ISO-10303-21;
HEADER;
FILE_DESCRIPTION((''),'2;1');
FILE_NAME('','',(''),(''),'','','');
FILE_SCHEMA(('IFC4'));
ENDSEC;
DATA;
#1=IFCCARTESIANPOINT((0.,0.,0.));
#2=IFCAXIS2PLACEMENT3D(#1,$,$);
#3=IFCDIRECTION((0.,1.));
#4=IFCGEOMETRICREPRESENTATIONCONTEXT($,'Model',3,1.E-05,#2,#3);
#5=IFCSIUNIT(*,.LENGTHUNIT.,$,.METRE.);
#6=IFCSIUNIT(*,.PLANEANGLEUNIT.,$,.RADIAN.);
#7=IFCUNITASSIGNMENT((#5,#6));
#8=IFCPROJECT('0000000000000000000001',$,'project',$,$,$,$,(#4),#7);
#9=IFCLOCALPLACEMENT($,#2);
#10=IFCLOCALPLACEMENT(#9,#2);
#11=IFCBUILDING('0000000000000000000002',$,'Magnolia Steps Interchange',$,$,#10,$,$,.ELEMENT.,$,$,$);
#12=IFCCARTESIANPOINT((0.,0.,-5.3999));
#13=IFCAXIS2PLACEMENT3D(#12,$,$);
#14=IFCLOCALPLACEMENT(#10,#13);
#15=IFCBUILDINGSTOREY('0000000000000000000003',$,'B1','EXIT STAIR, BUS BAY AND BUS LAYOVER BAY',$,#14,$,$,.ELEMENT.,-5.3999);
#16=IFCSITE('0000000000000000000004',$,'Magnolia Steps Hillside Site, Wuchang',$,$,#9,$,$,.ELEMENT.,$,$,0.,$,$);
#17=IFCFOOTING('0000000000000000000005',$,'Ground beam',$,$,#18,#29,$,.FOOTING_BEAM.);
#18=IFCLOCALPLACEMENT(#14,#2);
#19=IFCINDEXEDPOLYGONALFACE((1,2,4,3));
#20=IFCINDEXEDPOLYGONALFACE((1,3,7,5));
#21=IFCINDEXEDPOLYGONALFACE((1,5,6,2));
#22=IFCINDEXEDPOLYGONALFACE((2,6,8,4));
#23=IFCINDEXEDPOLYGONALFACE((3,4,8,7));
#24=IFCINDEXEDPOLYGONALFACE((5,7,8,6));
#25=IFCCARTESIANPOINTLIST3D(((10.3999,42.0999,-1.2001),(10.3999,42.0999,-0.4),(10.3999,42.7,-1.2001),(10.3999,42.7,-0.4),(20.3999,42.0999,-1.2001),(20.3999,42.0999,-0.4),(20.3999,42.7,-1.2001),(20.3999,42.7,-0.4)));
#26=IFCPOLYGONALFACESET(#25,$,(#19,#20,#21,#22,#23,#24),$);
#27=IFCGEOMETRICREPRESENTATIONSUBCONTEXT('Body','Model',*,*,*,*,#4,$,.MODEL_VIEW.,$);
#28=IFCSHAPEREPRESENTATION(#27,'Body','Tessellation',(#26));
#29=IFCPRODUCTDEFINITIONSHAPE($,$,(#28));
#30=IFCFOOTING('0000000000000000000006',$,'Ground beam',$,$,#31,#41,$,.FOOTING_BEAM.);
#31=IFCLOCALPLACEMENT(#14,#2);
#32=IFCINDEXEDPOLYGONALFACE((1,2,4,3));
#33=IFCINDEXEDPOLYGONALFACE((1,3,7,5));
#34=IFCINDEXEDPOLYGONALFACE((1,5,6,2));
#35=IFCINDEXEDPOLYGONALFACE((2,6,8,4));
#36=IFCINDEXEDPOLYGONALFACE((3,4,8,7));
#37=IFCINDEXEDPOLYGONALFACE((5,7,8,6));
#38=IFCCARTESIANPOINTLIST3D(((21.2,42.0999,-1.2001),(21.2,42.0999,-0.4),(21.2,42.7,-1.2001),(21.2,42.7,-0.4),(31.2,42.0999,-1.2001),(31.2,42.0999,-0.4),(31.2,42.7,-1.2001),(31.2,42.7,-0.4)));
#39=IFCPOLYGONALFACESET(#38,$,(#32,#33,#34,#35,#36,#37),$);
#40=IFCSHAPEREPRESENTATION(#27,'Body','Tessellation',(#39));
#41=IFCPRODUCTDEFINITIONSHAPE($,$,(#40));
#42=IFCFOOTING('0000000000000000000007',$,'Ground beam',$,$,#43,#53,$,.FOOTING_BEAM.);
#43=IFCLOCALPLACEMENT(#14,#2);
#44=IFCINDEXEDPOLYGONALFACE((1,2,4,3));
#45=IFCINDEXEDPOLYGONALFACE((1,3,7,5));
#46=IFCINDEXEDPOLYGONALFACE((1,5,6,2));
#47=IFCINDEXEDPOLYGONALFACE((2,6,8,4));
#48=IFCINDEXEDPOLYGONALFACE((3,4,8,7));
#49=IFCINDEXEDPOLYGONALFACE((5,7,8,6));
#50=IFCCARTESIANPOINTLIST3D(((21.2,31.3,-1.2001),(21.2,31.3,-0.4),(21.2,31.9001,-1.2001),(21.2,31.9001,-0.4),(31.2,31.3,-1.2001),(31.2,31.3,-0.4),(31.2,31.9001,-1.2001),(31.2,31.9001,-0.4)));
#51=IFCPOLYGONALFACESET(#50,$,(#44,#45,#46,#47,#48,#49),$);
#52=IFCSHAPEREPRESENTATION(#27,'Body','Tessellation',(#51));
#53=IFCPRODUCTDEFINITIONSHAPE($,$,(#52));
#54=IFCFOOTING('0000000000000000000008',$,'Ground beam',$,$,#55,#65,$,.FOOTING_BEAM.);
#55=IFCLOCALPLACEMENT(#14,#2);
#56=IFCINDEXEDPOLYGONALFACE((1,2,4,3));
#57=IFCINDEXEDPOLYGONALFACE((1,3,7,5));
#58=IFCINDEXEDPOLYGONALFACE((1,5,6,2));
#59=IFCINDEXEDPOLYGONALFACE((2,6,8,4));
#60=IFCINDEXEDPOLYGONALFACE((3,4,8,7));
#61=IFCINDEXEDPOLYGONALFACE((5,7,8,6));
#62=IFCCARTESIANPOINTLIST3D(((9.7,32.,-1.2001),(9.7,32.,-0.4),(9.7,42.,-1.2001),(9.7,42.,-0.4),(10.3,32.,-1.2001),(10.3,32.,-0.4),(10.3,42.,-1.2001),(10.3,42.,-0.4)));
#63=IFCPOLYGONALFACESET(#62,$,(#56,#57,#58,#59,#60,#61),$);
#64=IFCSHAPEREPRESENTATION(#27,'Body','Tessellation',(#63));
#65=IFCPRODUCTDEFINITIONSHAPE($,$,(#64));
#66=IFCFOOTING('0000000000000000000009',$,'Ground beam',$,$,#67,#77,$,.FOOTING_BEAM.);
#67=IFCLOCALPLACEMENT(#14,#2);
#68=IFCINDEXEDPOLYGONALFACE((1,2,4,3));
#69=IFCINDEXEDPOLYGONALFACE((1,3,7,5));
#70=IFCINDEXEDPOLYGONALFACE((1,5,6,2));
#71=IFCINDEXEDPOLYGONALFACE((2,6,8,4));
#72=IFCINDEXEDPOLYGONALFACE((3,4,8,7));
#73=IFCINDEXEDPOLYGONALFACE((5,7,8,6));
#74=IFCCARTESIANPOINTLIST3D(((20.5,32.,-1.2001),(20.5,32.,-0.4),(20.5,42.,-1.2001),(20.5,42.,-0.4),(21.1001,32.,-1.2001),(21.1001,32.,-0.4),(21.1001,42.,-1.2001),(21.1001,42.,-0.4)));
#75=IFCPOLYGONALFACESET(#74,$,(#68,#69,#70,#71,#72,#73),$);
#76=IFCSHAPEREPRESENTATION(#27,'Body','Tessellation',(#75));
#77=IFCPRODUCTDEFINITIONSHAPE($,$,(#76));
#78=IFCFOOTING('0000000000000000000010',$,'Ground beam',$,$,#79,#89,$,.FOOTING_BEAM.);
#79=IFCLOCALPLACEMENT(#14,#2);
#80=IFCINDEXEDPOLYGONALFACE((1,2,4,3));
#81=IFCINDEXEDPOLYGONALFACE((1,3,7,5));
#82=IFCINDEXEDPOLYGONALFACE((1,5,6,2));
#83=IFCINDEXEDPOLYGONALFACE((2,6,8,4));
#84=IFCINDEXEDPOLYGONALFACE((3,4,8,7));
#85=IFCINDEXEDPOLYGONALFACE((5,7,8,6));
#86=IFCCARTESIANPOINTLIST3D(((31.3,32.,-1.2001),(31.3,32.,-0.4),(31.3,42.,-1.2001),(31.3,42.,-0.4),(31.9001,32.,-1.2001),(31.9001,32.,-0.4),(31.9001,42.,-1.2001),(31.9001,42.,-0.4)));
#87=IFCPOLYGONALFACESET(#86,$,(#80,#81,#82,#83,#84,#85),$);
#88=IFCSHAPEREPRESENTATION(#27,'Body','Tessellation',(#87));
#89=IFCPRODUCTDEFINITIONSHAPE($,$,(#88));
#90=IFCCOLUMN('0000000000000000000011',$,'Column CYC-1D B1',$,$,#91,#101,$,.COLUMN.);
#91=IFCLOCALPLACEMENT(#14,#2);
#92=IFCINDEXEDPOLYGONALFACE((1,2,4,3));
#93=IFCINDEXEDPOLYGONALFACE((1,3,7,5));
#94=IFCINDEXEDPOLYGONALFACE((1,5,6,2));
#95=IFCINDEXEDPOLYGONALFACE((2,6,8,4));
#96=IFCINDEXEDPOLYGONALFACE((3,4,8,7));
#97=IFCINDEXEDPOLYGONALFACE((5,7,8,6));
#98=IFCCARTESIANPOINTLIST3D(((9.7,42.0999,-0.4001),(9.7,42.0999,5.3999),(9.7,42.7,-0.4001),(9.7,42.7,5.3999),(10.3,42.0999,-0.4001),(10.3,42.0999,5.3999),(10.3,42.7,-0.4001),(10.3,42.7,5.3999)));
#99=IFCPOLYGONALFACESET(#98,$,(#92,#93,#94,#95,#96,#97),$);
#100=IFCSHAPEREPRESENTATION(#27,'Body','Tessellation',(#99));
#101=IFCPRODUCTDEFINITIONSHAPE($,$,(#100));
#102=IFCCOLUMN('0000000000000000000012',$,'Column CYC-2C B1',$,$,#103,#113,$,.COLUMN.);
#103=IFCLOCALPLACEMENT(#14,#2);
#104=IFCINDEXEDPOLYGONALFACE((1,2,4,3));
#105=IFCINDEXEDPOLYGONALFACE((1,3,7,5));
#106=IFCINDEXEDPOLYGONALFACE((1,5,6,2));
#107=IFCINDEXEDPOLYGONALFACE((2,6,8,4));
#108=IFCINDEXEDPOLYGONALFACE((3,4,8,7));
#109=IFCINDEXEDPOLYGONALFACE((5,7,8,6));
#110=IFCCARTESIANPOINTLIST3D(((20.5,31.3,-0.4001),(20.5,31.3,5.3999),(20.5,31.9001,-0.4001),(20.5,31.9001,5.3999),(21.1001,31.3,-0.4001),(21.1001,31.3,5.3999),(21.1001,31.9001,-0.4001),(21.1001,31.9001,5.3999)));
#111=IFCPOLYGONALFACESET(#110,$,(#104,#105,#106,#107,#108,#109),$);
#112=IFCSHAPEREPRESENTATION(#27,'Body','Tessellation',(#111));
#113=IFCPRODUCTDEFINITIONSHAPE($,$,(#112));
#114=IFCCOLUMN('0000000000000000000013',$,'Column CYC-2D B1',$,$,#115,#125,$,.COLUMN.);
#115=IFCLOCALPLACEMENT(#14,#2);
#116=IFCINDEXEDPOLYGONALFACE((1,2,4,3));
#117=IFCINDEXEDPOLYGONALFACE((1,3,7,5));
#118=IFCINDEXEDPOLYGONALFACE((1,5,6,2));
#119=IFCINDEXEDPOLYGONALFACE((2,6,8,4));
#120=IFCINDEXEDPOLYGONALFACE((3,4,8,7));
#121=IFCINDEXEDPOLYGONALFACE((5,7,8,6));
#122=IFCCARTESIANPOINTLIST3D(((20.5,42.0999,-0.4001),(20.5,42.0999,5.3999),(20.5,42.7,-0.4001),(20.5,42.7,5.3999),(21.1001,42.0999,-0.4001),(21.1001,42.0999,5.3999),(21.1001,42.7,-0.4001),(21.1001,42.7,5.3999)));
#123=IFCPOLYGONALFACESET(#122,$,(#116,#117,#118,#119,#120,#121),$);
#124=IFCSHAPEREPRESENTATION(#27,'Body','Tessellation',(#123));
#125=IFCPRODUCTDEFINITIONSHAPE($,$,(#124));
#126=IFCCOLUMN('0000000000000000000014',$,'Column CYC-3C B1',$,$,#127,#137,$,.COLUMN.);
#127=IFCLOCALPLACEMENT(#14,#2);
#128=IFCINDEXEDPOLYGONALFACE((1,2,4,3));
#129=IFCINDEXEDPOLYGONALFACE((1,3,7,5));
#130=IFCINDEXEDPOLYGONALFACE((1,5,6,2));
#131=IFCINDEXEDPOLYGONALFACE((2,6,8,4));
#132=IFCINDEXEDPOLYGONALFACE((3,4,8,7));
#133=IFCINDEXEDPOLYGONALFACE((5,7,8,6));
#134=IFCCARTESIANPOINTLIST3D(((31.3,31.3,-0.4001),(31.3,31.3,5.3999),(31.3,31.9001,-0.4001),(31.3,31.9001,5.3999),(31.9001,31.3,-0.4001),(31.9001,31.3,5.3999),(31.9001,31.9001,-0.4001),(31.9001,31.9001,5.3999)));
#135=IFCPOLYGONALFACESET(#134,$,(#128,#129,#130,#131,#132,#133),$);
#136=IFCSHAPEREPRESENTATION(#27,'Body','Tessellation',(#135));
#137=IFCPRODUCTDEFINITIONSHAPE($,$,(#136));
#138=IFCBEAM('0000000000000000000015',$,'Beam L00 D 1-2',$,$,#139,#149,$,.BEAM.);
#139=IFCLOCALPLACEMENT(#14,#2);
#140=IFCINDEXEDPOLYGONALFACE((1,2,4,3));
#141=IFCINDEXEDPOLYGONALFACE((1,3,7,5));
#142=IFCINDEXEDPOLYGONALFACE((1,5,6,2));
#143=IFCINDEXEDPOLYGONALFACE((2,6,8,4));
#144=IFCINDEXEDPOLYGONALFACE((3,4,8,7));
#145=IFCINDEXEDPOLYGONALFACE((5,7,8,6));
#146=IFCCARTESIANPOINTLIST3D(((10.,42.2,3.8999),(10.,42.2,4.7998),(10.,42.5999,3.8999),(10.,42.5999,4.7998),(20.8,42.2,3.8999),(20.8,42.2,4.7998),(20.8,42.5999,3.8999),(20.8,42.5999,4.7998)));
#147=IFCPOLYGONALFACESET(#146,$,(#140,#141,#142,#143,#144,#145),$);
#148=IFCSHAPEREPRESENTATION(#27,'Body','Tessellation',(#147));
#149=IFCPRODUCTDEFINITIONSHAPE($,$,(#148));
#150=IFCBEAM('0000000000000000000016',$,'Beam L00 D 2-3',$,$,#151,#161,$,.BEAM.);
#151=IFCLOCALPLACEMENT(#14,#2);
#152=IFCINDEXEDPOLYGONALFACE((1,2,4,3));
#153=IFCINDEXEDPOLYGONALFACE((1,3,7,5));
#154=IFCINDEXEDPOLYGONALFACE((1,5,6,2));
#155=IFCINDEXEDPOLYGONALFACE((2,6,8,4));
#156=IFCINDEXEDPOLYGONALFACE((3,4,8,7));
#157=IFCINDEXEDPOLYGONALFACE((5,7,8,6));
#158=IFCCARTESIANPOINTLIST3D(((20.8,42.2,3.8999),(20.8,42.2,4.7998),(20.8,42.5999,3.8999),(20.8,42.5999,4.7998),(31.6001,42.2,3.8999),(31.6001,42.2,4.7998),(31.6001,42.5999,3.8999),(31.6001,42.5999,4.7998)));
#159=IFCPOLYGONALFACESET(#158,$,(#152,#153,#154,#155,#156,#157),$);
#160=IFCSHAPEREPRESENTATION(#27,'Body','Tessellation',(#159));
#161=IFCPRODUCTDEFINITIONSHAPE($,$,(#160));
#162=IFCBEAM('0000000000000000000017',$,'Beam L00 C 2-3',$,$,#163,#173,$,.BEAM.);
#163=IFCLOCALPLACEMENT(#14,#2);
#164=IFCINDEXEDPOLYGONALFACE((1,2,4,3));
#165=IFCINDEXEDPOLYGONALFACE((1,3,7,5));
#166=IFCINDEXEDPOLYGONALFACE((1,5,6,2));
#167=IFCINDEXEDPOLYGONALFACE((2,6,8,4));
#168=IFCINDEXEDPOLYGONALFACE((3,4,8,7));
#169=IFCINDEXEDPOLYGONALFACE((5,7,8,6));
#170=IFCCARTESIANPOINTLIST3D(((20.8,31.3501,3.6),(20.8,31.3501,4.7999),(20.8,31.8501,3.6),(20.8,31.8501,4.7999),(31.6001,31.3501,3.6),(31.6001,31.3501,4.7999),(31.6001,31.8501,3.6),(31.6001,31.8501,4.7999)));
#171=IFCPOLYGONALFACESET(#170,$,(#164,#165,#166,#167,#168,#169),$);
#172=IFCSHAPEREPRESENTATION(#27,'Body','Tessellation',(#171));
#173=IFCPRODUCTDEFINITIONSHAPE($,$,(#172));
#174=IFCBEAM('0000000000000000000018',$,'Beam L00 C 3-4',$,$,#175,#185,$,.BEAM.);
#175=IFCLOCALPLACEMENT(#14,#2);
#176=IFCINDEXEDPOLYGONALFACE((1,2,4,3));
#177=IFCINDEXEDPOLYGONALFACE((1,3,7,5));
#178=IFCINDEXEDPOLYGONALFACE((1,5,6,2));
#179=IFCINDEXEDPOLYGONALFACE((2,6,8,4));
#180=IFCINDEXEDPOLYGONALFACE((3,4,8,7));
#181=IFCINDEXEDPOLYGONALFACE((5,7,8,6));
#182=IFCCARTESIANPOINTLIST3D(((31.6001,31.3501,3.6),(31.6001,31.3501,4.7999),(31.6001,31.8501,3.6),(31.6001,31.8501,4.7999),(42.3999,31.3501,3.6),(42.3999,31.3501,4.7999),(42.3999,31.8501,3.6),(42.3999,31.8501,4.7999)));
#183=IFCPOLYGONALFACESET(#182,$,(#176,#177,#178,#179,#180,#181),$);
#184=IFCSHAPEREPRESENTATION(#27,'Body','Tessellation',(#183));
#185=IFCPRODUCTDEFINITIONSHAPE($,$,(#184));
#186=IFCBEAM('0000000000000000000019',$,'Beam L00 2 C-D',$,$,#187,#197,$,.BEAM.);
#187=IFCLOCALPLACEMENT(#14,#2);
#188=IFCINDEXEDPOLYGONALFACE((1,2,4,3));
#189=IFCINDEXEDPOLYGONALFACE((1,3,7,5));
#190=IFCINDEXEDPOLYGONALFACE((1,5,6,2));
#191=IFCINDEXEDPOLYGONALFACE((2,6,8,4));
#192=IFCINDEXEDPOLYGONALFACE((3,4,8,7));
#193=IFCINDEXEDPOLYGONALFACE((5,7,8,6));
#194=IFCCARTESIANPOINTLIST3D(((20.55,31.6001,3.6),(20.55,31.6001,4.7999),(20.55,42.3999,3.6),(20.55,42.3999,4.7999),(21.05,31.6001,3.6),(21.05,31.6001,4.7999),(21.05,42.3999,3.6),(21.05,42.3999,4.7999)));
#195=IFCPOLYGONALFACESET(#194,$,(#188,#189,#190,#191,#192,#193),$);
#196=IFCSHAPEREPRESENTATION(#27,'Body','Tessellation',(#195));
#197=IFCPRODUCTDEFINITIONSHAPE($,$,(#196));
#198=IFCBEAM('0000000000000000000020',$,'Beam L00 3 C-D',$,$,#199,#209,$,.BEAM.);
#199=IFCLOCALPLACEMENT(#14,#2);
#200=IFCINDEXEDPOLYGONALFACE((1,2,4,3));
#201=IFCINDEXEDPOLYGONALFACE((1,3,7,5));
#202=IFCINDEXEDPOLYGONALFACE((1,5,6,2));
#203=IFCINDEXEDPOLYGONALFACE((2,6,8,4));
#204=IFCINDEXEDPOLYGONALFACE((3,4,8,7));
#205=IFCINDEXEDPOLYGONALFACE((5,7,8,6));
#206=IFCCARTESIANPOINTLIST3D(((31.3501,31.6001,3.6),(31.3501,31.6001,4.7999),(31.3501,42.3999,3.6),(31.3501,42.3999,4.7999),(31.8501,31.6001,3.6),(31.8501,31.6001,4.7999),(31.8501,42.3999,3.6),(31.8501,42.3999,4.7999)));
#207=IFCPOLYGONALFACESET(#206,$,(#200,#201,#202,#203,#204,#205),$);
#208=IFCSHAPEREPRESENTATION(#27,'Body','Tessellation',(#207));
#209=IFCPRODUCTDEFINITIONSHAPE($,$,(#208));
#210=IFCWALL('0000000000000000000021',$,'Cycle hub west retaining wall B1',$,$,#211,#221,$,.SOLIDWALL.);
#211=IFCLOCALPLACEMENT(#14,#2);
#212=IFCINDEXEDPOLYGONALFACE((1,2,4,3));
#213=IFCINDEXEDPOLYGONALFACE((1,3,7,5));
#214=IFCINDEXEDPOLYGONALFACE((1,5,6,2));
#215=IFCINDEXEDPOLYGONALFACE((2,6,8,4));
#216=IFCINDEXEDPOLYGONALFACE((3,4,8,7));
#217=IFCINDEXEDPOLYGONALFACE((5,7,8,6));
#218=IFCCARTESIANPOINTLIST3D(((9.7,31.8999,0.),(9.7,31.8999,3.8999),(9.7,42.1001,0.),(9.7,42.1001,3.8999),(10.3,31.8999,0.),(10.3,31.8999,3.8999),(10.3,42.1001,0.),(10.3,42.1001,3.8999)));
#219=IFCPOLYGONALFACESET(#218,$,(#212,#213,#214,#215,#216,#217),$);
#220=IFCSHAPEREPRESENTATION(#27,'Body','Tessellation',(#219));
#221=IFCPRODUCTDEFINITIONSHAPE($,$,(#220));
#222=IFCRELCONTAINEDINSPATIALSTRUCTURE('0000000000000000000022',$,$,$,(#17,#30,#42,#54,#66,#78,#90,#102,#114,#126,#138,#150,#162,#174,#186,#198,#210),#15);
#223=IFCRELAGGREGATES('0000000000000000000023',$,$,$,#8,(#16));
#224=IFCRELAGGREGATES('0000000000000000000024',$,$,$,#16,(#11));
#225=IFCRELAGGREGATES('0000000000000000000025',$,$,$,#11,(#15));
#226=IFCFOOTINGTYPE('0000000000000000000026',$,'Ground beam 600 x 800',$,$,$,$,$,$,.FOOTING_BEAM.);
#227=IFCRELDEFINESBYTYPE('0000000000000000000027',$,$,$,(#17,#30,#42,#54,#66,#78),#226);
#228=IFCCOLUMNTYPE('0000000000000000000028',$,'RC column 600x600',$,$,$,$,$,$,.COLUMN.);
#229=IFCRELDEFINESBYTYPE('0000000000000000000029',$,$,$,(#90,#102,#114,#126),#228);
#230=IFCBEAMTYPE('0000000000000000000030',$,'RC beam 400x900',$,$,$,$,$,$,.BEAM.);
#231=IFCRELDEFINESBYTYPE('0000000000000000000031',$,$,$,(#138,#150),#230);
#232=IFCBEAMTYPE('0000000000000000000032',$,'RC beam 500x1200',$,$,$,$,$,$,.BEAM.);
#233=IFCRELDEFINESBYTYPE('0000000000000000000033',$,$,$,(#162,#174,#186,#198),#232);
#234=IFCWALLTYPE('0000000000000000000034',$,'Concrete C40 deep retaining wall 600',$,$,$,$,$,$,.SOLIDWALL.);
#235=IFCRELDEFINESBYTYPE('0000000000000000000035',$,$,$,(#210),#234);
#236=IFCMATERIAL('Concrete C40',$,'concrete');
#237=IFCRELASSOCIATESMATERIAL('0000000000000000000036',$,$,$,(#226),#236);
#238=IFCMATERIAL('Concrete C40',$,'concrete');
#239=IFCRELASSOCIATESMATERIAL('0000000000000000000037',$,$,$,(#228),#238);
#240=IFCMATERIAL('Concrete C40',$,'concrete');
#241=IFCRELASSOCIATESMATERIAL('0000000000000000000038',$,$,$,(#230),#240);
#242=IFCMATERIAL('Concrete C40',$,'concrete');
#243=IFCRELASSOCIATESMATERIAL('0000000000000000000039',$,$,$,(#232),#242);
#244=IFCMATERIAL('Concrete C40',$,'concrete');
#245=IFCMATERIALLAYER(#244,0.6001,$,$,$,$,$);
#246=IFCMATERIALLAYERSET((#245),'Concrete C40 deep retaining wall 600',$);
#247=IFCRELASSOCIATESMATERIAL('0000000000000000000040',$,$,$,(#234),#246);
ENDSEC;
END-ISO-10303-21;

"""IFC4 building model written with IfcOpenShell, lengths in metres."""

from ifc_helpers import new_model, si_unit, direction, frame, frame_2d, origin, origin_2d, place, context, subcontext, project, spatial, rectangle, extrude, material, layer, layer_set, material_profile, profile_set, type_object, element, save


model = new_model("IFC4")

# Units and contexts
model_context = context("Model", 3, precision=1e-05, world=origin(), true_north=direction((0.0, 1.0)))
body_context = subcontext(model_context, "Body", "Model", "MODEL_VIEW")
ifc_project = project(units=[si_unit("LENGTHUNIT", "METRE"), si_unit("PLANEANGLEUNIT", "RADIAN")], contexts=[model_context])

# Site, building, storey
site_placement = place(None, origin())
site = spatial("IfcSite", under=ifc_project, at=site_placement, Name="Magnolia Steps Hillside Site, Wuchang", CompositionType="ELEMENT", RefElevation=0.0)
building_placement = place(site_placement, origin())
building = spatial("IfcBuilding", under=site, at=building_placement, Name="Magnolia Steps Interchange", CompositionType="ELEMENT")
storey_placement = place(building_placement, frame((0.0, 0.0, -5.3999)))
storey = spatial("IfcBuildingStorey", under=building, at=storey_placement, Name="B1", Description="EXIT STAIR, BUS BAY AND BUS LAYOVER BAY", CompositionType="ELEMENT", Elevation=-5.3999)

# Footings
ifc_material_1 = material(Name="Concrete C40", Category="concrete")
ifc_material_profile_1 = material_profile(ifc_material_1, rectangle(XDim=0.6001, YDim=0.8, at=origin_2d()), Name="RC600x800")
ifc_profile_set_1 = profile_set([ifc_material_profile_1], Name="Concrete C40")
footing_type = type_object("IfcFootingType", Name="Ground beam 600 x 800", PredefinedType="FOOTING_BEAM", material=ifc_profile_set_1)
for number, where, z_axis, x_axis, name in (
    (1, (10.3999, 42.3999, -0.8), (1.0, 0.0, 0.0), (0.0, 1.0, 0.0), "Ground beam"),
    (2, (21.2, 42.3999, -0.8), (1.0, 0.0, 0.0), (0.0, 1.0, 0.0), "Ground beam"),
    (3, (21.2, 31.6001, -0.8), (1.0, 0.0, 0.0), (0.0, 1.0, 0.0), "Ground beam"),
    (4, (10.0, 32.0, -0.8), (0.0, 1.0, 0.0), (-1.0, 0.0, 0.0), "Ground beam"),
    (5, (20.8, 32.0, -0.8), (0.0, 1.0, 0.0), (-1.0, 0.0, 0.0), "Ground beam"),
    (6, (31.6001, 32.0, -0.8), (0.0, 1.0, 0.0), (-1.0, 0.0, 0.0), "Ground beam"),
):
    element("IfcFooting", number, at=place(storey_placement, frame(where, z_axis=z_axis, x_axis=x_axis)), inside=storey, type_object=footing_type, Name=name, PredefinedType="FOOTING_BEAM", context=body_context, shape_type="SweptSolid", body=[
        extrude(rectangle(XDim=0.6001, YDim=0.8, at=origin_2d()), origin(), (0.0, 0.0, 1.0), 10.0),
    ])

# Columns
ifc_material_2 = material(Name="Concrete C40", Category="concrete")
ifc_material_profile_2 = material_profile(ifc_material_2, rectangle(XDim=0.6001, YDim=0.6001, at=origin_2d()), Name="RC600x600")
ifc_profile_set_2 = profile_set([ifc_material_profile_2], Name="Concrete C40")
column_type = type_object("IfcColumnType", Name="RC column 600x600", PredefinedType="COLUMN", material=ifc_profile_set_2)
for number, where, z_axis, x_axis, name in (
    (7, (10.0, 42.3999, -0.4001), (0.0, 0.0, 1.0), (1.0, 0.0, 0.0), "Column CYC-1D B1"),
    (8, (20.8, 31.6001, -0.4001), (0.0, 0.0, 1.0), (1.0, 0.0, 0.0), "Column CYC-2C B1"),
    (9, (20.8, 42.3999, -0.4001), (0.0, 0.0, 1.0), (1.0, 0.0, 0.0), "Column CYC-2D B1"),
    (10, (31.6001, 31.6001, -0.4001), (0.0, 0.0, 1.0), (1.0, 0.0, 0.0), "Column CYC-3C B1"),
):
    element("IfcColumn", number, at=place(storey_placement, frame(where, z_axis=z_axis, x_axis=x_axis)), inside=storey, type_object=column_type, Name=name, PredefinedType="COLUMN", context=body_context, shape_type="SweptSolid", body=[
        extrude(rectangle(XDim=0.6001, YDim=0.6001, at=origin_2d()), origin(), (0.0, 0.0, 1.0), 5.8),
    ])

# Beams
ifc_material_3 = material(Name="Concrete C40", Category="concrete")
ifc_material_profile_3 = material_profile(ifc_material_3, rectangle(XDim=0.3999, YDim=0.8999, at=origin_2d()), Name="RC400x900")
ifc_profile_set_3 = profile_set([ifc_material_profile_3], Name="Concrete C40")
beam_type_1 = type_object("IfcBeamType", Name="RC beam 400x900", PredefinedType="BEAM", material=ifc_profile_set_3)
for number, where, z_axis, x_axis, name in (
    (11, (10.0, 42.3999, 4.3499), (1.0, 0.0, 0.0), (0.0, 1.0, 0.0), "Beam L00 D 1-2"),
    (12, (20.8, 42.3999, 4.3499), (1.0, 0.0, 0.0), (0.0, 1.0, 0.0), "Beam L00 D 2-3"),
):
    element("IfcBeam", number, at=place(storey_placement, frame(where, z_axis=z_axis, x_axis=x_axis)), inside=storey, type_object=beam_type_1, Name=name, PredefinedType="BEAM", context=body_context, shape_type="SweptSolid", body=[
        extrude(rectangle(XDim=0.3999, YDim=0.8999, at=origin_2d()), origin(), (0.0, 0.0, 1.0), 10.8),
    ])
ifc_material_4 = material(Name="Concrete C40", Category="concrete")
ifc_material_profile_4 = material_profile(ifc_material_4, rectangle(XDim=0.5, YDim=1.2, at=origin_2d()), Name="RC500x1200")
ifc_profile_set_4 = profile_set([ifc_material_profile_4], Name="Concrete C40")
beam_type_2 = type_object("IfcBeamType", Name="RC beam 500x1200", PredefinedType="BEAM", material=ifc_profile_set_4)
beam_placement = place(storey_placement, frame((20.8, 31.6001, 4.2), z_axis=(1.0, 0.0, 0.0), x_axis=(0.0, 1.0, 0.0)))
element("IfcBeam", 13, at=beam_placement, inside=storey, type_object=beam_type_2, Name="Beam L00 C 2-3", PredefinedType="BEAM", context=body_context, shape_type="SweptSolid", body=[
    extrude(rectangle(XDim=0.5, YDim=1.2, at=origin_2d()), origin(), (0.0, 0.0, 1.0), 10.8),
])
for number, where, z_axis, x_axis, name in (
    (14, (31.6001, 31.6001, 4.2), (1.0, 0.0, 0.0), (0.0, 1.0, 0.0), "Beam L00 C 3-4"),
    (15, (20.8, 31.6001, 4.2), (0.0, 1.0, 0.0), (-1.0, 0.0, 0.0), "Beam L00 2 C-D"),
    (16, (31.6001, 31.6001, 4.2), (0.0, 1.0, 0.0), (-1.0, 0.0, 0.0), "Beam L00 3 C-D"),
):
    element("IfcBeam", number, at=place(storey_placement, frame(where, z_axis=z_axis, x_axis=x_axis)), inside=storey, type_object=beam_type_2, Name=name, PredefinedType="BEAM", context=body_context, shape_type="SweptSolid", body=[
        extrude(rectangle(XDim=0.5, YDim=1.2, at=origin_2d()), origin(), (0.0, 0.0, 1.0), 10.7998),
    ])

# Wall
ifc_material_5 = material(Name="Concrete C40", Category="concrete")
ifc_layer_1 = layer(ifc_material_5, 0.6001)
ifc_layer_set_1 = layer_set([ifc_layer_1], Name="Concrete C40 deep retaining wall 600")
wall_type_1 = type_object("IfcWallType", Name="Concrete C40 deep retaining wall 600", PredefinedType="SOLIDWALL", material=ifc_layer_set_1)
wall_1_placement = place(storey_placement, frame((10.0, 31.8999, 0.0), z_axis=(0.0, 0.0, 1.0), x_axis=(0.0, 1.0, 0.0)))
element("IfcWall", 17, at=wall_1_placement, inside=storey, type_object=wall_type_1, Name="Cycle hub west retaining wall B1", PredefinedType="SOLIDWALL", context=body_context, shape_type="SweptSolid", body=[
    extrude(rectangle(XDim=10.2002, YDim=0.6001, at=frame_2d((5.1001, 0.0))), origin(), (0.0, 0.0, 1.0), 3.8999),
])

save(model, "model.ifc")
